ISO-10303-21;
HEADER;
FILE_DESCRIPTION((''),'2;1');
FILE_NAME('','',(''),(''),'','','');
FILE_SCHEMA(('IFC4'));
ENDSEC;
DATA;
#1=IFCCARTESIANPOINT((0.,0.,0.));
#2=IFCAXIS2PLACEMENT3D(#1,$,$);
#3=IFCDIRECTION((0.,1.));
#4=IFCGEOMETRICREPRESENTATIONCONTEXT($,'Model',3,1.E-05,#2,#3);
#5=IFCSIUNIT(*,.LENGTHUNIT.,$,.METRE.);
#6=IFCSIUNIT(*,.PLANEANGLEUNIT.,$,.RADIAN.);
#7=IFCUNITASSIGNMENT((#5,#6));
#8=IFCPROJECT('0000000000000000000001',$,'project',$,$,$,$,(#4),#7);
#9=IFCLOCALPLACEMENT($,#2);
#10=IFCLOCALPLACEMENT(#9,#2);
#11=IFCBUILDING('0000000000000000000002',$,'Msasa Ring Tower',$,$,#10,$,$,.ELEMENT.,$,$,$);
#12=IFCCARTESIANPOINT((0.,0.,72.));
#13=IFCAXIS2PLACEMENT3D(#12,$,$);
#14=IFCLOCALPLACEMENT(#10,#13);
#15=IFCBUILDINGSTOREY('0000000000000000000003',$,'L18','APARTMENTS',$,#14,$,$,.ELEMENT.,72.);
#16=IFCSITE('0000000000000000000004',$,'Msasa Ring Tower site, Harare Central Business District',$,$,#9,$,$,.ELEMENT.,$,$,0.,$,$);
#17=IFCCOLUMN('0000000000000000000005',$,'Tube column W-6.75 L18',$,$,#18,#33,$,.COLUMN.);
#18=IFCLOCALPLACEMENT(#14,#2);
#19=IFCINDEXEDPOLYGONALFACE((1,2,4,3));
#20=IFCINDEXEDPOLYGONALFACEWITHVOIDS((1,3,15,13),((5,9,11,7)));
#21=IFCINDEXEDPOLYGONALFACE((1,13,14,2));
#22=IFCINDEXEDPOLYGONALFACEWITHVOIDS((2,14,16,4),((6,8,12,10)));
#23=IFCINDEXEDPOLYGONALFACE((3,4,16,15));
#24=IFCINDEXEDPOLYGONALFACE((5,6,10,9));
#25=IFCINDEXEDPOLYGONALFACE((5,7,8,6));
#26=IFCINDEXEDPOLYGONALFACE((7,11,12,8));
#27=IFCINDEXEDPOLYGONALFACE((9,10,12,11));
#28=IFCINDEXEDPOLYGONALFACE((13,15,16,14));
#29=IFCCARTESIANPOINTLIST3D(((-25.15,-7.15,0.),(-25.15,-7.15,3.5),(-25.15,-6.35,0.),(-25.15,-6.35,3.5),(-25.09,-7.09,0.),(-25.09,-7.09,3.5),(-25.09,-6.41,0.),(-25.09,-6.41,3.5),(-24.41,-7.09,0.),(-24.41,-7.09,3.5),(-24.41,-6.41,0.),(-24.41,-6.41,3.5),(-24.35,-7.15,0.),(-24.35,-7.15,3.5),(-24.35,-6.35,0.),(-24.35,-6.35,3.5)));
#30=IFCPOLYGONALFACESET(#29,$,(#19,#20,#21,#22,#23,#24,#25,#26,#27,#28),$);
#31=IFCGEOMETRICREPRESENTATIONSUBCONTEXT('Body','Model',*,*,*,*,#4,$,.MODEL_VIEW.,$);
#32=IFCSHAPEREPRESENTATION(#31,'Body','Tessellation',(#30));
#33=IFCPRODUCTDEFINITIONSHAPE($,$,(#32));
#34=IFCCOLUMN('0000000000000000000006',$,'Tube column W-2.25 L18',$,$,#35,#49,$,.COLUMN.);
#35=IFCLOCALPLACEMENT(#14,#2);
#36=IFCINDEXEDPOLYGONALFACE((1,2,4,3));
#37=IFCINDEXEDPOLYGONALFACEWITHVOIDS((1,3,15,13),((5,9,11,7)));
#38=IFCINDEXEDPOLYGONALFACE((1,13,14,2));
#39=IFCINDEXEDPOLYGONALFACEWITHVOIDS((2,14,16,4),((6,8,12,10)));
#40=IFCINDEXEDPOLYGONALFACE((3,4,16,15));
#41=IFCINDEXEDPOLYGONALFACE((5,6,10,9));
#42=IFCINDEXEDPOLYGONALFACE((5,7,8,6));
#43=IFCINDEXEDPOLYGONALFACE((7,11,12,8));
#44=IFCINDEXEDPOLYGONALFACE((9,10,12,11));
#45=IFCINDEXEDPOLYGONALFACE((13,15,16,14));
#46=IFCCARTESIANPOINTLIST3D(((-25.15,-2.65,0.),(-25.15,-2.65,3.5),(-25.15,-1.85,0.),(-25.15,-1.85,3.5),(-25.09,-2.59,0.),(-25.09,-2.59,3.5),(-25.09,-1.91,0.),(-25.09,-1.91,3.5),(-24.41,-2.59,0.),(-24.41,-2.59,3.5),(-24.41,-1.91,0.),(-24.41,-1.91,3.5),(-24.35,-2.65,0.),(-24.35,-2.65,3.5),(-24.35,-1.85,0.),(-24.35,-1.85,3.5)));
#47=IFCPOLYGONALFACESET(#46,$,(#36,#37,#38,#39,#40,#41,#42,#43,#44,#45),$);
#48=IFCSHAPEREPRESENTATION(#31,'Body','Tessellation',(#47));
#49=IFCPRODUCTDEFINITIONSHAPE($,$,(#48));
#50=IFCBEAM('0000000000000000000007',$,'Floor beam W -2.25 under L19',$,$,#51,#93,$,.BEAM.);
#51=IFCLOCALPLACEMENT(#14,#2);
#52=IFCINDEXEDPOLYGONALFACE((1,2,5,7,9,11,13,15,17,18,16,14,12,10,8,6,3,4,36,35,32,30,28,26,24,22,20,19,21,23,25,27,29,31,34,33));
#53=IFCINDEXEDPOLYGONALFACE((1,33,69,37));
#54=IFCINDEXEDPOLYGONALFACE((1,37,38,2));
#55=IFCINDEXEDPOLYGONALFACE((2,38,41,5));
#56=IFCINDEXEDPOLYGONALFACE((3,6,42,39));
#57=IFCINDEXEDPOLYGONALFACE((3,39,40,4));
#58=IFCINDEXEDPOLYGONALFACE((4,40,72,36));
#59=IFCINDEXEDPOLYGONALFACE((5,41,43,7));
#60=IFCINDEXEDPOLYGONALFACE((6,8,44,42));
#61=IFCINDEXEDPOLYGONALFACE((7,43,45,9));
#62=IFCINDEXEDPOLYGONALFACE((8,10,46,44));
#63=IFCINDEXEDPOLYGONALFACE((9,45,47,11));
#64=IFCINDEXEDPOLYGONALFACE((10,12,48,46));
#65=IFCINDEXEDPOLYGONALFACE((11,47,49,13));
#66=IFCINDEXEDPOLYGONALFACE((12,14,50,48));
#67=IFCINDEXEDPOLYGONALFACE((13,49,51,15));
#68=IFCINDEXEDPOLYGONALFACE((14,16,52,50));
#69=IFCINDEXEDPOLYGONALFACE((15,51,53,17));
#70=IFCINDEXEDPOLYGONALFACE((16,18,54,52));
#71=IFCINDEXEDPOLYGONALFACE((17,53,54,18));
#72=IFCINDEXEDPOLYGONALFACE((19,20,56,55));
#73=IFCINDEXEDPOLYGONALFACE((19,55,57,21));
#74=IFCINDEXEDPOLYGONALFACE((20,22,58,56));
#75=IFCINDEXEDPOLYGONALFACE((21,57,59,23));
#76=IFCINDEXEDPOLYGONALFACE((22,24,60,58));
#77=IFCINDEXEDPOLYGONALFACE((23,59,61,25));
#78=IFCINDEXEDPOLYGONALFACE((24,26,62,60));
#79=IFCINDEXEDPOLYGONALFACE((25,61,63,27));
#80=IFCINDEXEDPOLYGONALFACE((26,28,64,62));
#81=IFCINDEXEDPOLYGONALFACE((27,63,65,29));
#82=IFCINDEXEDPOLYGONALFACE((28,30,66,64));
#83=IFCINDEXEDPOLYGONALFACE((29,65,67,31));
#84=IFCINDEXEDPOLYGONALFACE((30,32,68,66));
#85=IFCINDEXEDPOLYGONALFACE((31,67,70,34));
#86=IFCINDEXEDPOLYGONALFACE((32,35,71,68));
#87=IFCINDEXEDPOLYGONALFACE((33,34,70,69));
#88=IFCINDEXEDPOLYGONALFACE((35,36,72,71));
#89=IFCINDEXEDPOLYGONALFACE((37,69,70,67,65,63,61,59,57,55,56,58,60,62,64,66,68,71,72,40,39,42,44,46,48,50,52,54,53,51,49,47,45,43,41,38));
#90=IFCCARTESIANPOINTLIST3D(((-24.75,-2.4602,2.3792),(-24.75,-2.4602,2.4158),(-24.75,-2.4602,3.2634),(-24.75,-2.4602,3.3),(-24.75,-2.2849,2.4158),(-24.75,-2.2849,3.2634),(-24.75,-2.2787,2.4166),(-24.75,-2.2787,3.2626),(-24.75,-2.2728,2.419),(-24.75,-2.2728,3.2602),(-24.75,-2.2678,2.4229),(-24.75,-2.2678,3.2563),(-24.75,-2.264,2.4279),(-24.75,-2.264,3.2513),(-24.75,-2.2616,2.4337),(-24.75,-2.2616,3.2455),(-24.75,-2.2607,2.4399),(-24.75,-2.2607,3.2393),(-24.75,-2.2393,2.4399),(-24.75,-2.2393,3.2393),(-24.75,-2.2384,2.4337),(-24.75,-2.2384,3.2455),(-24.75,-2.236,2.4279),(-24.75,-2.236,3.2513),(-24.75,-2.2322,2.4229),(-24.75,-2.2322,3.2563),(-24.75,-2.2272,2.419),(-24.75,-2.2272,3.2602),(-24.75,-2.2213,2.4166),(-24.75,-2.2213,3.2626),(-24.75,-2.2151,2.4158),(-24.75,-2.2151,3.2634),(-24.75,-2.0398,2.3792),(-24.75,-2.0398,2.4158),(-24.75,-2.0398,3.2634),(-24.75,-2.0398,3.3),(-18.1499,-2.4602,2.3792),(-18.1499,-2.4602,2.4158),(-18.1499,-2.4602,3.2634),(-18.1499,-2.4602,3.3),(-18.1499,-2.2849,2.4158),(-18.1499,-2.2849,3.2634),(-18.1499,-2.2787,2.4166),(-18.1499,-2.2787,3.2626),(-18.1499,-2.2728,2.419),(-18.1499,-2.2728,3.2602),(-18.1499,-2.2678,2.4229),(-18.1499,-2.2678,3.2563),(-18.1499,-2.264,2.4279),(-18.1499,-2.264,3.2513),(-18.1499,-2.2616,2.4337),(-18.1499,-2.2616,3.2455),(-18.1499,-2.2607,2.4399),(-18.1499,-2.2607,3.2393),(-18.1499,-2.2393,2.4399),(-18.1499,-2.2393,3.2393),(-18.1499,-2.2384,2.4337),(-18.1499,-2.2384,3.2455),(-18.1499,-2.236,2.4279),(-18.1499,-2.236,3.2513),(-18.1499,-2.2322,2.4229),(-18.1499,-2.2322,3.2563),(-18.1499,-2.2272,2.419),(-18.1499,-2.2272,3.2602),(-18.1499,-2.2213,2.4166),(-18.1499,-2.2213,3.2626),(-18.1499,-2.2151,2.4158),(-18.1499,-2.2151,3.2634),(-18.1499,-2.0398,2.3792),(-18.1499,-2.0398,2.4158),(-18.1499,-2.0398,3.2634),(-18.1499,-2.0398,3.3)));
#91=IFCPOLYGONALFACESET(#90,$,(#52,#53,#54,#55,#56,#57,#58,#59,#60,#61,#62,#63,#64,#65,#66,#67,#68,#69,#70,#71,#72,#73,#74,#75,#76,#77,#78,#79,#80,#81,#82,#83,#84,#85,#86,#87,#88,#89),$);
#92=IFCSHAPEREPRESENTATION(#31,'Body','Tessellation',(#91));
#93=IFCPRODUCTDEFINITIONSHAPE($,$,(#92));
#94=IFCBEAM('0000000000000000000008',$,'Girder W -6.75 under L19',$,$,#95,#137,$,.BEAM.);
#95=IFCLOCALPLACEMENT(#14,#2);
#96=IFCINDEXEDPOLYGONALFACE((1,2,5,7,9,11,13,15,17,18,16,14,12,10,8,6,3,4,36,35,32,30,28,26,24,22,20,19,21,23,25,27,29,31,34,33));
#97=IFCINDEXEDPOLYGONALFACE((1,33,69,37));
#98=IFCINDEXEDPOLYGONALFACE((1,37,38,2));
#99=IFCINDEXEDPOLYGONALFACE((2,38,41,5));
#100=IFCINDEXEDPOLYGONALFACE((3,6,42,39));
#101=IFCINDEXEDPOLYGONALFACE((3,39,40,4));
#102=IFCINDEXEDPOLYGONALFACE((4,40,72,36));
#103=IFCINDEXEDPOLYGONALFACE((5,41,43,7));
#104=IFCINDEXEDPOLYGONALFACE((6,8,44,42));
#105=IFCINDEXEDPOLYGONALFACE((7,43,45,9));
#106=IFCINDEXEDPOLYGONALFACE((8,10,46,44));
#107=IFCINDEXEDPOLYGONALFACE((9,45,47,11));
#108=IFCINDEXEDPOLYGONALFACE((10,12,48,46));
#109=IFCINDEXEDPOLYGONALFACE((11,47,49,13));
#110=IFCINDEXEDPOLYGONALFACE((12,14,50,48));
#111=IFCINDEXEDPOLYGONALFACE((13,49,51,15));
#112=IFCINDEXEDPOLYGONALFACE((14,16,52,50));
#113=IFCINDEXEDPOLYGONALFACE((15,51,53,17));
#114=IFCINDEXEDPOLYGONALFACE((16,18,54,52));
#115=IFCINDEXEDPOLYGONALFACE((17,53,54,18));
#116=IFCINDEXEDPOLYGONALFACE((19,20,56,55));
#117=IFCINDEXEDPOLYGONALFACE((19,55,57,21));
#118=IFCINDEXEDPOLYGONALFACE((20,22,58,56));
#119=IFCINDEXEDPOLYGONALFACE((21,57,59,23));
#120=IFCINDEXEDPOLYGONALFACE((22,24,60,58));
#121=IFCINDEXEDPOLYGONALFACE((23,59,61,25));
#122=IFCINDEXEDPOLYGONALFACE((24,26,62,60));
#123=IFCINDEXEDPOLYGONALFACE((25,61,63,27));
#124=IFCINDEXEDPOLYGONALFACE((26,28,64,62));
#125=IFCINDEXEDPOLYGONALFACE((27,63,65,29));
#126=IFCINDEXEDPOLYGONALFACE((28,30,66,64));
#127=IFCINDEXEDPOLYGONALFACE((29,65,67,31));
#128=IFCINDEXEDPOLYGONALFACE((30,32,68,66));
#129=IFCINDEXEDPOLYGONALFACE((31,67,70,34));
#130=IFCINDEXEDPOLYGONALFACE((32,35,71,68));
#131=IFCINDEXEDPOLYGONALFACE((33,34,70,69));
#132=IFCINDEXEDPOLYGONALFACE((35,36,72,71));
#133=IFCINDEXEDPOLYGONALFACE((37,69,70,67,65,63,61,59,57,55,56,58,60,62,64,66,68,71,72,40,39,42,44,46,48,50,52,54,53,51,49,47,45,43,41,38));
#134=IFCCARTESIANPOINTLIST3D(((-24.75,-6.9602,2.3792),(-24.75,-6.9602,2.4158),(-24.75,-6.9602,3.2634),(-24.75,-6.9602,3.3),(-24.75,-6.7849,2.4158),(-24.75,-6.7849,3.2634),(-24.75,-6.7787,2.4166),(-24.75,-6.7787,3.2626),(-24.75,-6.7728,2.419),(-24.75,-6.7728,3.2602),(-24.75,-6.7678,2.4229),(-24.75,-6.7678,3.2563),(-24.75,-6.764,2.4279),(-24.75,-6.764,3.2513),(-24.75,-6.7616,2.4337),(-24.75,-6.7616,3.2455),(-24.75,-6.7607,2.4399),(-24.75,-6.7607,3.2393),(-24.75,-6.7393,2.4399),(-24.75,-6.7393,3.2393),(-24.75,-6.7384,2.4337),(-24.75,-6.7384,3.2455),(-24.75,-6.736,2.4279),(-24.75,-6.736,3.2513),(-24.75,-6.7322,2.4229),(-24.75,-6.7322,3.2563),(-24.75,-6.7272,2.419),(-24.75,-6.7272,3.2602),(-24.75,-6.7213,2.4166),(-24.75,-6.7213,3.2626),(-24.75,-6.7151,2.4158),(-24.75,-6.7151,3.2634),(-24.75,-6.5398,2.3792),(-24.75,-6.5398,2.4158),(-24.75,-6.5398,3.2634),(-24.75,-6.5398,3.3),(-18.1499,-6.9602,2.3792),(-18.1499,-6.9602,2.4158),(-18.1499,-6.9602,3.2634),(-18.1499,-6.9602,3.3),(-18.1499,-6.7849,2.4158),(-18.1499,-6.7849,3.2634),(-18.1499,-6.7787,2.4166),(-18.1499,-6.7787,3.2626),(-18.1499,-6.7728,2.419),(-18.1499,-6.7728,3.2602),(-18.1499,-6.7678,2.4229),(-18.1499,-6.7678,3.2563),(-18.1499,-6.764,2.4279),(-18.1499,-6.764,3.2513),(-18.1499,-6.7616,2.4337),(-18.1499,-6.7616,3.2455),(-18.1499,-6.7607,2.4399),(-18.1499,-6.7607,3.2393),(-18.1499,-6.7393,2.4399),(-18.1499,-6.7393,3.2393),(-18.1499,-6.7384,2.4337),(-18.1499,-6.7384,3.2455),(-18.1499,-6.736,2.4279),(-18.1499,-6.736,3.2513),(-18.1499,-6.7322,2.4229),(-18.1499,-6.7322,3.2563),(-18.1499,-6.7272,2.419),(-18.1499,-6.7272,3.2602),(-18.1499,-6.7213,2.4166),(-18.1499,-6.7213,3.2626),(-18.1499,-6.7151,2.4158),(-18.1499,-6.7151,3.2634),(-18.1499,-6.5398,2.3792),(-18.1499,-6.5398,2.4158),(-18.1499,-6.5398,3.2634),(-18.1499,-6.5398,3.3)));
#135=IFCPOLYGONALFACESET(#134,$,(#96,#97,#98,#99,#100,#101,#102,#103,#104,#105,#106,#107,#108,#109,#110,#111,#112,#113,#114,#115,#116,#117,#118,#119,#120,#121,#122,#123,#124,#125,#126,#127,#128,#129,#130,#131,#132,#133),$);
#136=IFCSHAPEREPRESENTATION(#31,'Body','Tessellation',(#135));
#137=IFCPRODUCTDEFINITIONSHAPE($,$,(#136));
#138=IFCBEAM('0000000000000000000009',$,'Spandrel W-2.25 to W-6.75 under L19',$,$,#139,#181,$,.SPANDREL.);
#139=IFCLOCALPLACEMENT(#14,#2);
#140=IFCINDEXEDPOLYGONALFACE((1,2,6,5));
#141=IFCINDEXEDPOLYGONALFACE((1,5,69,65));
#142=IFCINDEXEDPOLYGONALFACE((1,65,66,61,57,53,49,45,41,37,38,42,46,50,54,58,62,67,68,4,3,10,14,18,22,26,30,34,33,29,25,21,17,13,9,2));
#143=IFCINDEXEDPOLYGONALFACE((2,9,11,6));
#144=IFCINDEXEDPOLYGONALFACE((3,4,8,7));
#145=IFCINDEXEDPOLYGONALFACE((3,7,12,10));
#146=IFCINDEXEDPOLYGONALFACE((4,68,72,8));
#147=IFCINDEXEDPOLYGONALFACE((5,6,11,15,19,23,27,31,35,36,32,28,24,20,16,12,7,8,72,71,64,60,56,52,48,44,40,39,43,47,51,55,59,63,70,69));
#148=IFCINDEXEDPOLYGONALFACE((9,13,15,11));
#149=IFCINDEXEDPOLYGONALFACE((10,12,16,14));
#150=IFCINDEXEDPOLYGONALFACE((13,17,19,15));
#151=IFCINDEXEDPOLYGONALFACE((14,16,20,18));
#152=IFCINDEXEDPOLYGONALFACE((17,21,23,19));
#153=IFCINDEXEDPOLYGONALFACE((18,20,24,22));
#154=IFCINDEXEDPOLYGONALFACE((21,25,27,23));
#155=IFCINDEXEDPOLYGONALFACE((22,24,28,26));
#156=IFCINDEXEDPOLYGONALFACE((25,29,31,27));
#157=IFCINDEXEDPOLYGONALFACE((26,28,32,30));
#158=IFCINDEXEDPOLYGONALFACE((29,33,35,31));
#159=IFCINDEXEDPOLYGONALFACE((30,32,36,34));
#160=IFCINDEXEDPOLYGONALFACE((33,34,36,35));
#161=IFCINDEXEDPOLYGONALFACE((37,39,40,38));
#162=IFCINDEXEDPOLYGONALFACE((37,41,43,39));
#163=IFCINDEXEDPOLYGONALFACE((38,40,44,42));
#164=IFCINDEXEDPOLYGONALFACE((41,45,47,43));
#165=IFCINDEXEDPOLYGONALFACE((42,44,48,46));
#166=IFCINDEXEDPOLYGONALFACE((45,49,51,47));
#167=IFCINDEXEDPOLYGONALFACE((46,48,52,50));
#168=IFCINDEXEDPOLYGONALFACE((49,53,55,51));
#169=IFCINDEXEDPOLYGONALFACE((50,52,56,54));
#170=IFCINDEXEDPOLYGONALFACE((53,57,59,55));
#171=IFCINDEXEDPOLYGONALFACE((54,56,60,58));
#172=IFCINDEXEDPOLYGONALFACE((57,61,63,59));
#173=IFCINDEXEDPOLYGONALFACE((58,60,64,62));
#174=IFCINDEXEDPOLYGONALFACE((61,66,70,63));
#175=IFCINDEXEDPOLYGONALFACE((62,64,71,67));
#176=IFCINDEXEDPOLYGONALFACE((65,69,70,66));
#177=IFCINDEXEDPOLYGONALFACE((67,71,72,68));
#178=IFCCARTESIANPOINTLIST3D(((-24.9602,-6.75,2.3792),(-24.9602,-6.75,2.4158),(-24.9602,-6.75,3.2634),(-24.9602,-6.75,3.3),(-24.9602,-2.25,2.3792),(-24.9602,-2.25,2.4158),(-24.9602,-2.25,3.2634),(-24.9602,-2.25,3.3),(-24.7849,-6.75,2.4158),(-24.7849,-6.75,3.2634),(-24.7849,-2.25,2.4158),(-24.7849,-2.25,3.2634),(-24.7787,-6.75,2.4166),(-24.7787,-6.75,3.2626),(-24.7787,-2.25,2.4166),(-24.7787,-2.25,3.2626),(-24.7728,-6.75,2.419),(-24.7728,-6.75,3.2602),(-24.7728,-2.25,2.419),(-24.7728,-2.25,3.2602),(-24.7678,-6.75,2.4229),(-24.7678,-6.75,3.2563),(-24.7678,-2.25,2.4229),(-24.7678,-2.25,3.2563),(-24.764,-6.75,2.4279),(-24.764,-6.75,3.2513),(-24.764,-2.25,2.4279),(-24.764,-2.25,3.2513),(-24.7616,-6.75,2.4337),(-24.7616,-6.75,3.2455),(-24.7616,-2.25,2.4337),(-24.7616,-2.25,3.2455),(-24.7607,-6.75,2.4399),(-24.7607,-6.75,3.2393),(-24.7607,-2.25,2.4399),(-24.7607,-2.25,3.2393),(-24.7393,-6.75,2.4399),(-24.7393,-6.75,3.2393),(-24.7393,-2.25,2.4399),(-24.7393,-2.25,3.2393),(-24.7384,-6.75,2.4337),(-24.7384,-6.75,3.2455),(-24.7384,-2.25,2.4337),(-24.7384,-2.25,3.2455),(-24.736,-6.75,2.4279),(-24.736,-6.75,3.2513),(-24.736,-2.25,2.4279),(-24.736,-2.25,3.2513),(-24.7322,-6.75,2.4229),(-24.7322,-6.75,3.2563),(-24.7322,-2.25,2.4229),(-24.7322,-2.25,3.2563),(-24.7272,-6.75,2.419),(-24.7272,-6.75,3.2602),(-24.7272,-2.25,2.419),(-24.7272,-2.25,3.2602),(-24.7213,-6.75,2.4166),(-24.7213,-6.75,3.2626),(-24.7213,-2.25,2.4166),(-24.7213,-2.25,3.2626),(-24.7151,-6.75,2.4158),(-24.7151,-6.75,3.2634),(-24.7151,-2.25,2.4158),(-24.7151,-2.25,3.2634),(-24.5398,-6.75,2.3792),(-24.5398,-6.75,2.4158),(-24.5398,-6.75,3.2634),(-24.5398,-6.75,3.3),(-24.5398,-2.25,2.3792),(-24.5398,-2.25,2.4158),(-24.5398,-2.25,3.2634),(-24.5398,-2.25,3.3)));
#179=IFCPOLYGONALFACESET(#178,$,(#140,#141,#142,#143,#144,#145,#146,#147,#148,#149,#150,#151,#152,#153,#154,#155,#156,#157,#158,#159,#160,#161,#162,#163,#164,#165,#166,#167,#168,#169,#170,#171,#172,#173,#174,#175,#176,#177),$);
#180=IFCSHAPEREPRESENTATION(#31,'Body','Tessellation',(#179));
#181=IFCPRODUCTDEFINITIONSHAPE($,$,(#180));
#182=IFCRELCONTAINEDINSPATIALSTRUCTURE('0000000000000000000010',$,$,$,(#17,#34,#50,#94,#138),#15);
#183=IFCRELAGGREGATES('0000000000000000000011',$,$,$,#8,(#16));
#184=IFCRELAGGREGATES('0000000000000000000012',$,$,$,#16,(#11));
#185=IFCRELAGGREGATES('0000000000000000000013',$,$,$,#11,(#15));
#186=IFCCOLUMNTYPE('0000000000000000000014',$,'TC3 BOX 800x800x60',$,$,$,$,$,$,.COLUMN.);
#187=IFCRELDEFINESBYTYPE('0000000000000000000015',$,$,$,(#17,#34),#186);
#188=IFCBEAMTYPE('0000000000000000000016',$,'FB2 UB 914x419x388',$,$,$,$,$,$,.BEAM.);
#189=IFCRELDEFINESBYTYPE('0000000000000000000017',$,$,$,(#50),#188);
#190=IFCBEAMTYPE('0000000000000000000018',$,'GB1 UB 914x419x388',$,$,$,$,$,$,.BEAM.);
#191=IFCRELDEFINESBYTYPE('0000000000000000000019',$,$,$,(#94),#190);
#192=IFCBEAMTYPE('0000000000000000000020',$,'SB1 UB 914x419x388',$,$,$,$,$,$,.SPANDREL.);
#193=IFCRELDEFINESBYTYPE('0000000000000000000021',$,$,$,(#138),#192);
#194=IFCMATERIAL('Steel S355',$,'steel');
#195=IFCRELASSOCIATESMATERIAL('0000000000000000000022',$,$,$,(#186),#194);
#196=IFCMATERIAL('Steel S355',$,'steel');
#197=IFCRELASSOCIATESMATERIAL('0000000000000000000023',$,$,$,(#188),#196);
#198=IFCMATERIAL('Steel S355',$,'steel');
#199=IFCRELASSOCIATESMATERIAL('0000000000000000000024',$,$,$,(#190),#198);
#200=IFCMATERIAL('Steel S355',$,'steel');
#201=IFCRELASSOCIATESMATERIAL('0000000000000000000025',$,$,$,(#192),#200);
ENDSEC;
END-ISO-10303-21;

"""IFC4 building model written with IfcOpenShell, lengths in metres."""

from ifc_helpers import new_model, si_unit, direction, frame, origin, origin_2d, place, context, subcontext, project, spatial, hollow_rectangle, i_section, extrude, material, material_profile, profile_set, type_object, element, save


model = new_model("IFC4")

# Units and contexts
model_context = context("Model", 3, precision=1e-05, world=origin(), true_north=direction((0.0, 1.0)))
body_context = subcontext(model_context, "Body", "Model", "MODEL_VIEW")
ifc_project = project(units=[si_unit("LENGTHUNIT", "METRE"), si_unit("PLANEANGLEUNIT", "RADIAN")], contexts=[model_context])

# Site, building, storey
site_placement = place(None, origin())
site = spatial("IfcSite", under=ifc_project, at=site_placement, Name="Msasa Ring Tower site, Harare Central Business District", CompositionType="ELEMENT", RefElevation=0.0)
building_placement = place(site_placement, origin())
building = spatial("IfcBuilding", under=site, at=building_placement, Name="Msasa Ring Tower", CompositionType="ELEMENT")
storey_placement = place(building_placement, frame((0.0, 0.0, 72.0)))
storey = spatial("IfcBuildingStorey", under=building, at=storey_placement, Name="L18", Description="APARTMENTS", CompositionType="ELEMENT", Elevation=72.0)

# Columns
ifc_material_1 = material(Name="Steel S355", Category="steel")
ifc_material_profile_1 = material_profile(ifc_material_1, hollow_rectangle(XDim=0.8, YDim=0.8, WallThickness=0.0601, at=origin_2d()), Name="BOX 800x800x60")
ifc_profile_set_1 = profile_set([ifc_material_profile_1], Name="Steel S355")
column_type = type_object("IfcColumnType", Name="TC3 BOX 800x800x60", PredefinedType="COLUMN", material=ifc_profile_set_1)
for number, where, z_axis, x_axis, name in (
    (1, (-24.75, -6.75, 0.0), (0.0, 0.0, 1.0), (1.0, 0.0, 0.0), "Tube column W-6.75 L18"),
    (2, (-24.75, -2.25, 0.0), (0.0, 0.0, 1.0), (1.0, 0.0, 0.0), "Tube column W-2.25 L18"),
):
    element("IfcColumn", number, at=place(storey_placement, frame(where, z_axis=z_axis, x_axis=x_axis)), inside=storey, type_object=column_type, Name=name, PredefinedType="COLUMN", context=body_context, shape_type="SweptSolid", body=[
        extrude(hollow_rectangle(XDim=0.8, YDim=0.8, WallThickness=0.0601, at=origin_2d()), origin(), (0.0, 0.0, 1.0), 3.5),
    ])

# Beams
ifc_material_2 = material(Name="Steel S355", Category="steel")
ifc_material_profile_2 = material_profile(ifc_material_2, i_section(OverallWidth=0.4204, OverallDepth=0.9209, WebThickness=0.0215, FlangeThickness=0.0366, FilletRadius=0.0242, at=origin_2d()), Name="UB 914x419x388")
ifc_profile_set_2 = profile_set([ifc_material_profile_2], Name="Steel S355")
beam_type_1 = type_object("IfcBeamType", Name="FB2 UB 914x419x388", PredefinedType="BEAM", material=ifc_profile_set_2)
beam_1_placement = place(storey_placement, frame((-24.75, -2.25, 2.8396), z_axis=(1.0, 0.0, 0.0), x_axis=(0.0, 1.0, 0.0)))
element("IfcBeam", 3, at=beam_1_placement, inside=storey, type_object=beam_type_1, Name="Floor beam W -2.25 under L19", PredefinedType="BEAM", context=body_context, shape_type="SweptSolid", body=[
    extrude(i_section(OverallWidth=0.4204, OverallDepth=0.9209, WebThickness=0.0215, FlangeThickness=0.0366, FilletRadius=0.0242, at=origin_2d()), origin(), (0.0, 0.0, 1.0), 6.6001),
])
ifc_material_3 = material(Name="Steel S355", Category="steel")
ifc_material_profile_3 = material_profile(ifc_material_3, i_section(OverallWidth=0.4204, OverallDepth=0.9209, WebThickness=0.0215, FlangeThickness=0.0366, FilletRadius=0.0242, at=origin_2d()), Name="UB 914x419x388")
ifc_profile_set_3 = profile_set([ifc_material_profile_3], Name="Steel S355")
beam_type_2 = type_object("IfcBeamType", Name="GB1 UB 914x419x388", PredefinedType="BEAM", material=ifc_profile_set_3)
beam_2_placement = place(storey_placement, frame((-18.1499, -6.75, 2.8396), z_axis=(-1.0, 0.0, 0.0), x_axis=(0.0, -1.0, 0.0)))
element("IfcBeam", 4, at=beam_2_placement, inside=storey, type_object=beam_type_2, Name="Girder W -6.75 under L19", PredefinedType="BEAM", context=body_context, shape_type="SweptSolid", body=[
    extrude(i_section(OverallWidth=0.4204, OverallDepth=0.9209, WebThickness=0.0215, FlangeThickness=0.0366, FilletRadius=0.0242, at=origin_2d()), origin(), (0.0, 0.0, 1.0), 6.6001),
])
ifc_material_4 = material(Name="Steel S355", Category="steel")
ifc_material_profile_4 = material_profile(ifc_material_4, i_section(OverallWidth=0.4204, OverallDepth=0.9209, WebThickness=0.0215, FlangeThickness=0.0366, FilletRadius=0.0242, at=origin_2d()), Name="UB 914x419x388")
ifc_profile_set_4 = profile_set([ifc_material_profile_4], Name="Steel S355")
beam_type_3 = type_object("IfcBeamType", Name="SB1 UB 914x419x388", PredefinedType="SPANDREL", material=ifc_profile_set_4)
for number, where, z_axis, x_axis, name in (
    (5, (-24.75, -2.25, 2.8396), (0.0, -1.0, 0.0), (1.0, 0.0, 0.0), "Spandrel W-2.25 to W-6.75 under L19"),
):
    element("IfcBeam", number, at=place(storey_placement, frame(where, z_axis=z_axis, x_axis=x_axis)), inside=storey, type_object=beam_type_3, Name=name, PredefinedType="SPANDREL", context=body_context, shape_type="SweptSolid", body=[
        extrude(i_section(OverallWidth=0.4204, OverallDepth=0.9209, WebThickness=0.0215, FlangeThickness=0.0366, FilletRadius=0.0242, at=origin_2d()), origin(), (0.0, 0.0, 1.0), 4.5),
    ])

save(model, "model.ifc")
